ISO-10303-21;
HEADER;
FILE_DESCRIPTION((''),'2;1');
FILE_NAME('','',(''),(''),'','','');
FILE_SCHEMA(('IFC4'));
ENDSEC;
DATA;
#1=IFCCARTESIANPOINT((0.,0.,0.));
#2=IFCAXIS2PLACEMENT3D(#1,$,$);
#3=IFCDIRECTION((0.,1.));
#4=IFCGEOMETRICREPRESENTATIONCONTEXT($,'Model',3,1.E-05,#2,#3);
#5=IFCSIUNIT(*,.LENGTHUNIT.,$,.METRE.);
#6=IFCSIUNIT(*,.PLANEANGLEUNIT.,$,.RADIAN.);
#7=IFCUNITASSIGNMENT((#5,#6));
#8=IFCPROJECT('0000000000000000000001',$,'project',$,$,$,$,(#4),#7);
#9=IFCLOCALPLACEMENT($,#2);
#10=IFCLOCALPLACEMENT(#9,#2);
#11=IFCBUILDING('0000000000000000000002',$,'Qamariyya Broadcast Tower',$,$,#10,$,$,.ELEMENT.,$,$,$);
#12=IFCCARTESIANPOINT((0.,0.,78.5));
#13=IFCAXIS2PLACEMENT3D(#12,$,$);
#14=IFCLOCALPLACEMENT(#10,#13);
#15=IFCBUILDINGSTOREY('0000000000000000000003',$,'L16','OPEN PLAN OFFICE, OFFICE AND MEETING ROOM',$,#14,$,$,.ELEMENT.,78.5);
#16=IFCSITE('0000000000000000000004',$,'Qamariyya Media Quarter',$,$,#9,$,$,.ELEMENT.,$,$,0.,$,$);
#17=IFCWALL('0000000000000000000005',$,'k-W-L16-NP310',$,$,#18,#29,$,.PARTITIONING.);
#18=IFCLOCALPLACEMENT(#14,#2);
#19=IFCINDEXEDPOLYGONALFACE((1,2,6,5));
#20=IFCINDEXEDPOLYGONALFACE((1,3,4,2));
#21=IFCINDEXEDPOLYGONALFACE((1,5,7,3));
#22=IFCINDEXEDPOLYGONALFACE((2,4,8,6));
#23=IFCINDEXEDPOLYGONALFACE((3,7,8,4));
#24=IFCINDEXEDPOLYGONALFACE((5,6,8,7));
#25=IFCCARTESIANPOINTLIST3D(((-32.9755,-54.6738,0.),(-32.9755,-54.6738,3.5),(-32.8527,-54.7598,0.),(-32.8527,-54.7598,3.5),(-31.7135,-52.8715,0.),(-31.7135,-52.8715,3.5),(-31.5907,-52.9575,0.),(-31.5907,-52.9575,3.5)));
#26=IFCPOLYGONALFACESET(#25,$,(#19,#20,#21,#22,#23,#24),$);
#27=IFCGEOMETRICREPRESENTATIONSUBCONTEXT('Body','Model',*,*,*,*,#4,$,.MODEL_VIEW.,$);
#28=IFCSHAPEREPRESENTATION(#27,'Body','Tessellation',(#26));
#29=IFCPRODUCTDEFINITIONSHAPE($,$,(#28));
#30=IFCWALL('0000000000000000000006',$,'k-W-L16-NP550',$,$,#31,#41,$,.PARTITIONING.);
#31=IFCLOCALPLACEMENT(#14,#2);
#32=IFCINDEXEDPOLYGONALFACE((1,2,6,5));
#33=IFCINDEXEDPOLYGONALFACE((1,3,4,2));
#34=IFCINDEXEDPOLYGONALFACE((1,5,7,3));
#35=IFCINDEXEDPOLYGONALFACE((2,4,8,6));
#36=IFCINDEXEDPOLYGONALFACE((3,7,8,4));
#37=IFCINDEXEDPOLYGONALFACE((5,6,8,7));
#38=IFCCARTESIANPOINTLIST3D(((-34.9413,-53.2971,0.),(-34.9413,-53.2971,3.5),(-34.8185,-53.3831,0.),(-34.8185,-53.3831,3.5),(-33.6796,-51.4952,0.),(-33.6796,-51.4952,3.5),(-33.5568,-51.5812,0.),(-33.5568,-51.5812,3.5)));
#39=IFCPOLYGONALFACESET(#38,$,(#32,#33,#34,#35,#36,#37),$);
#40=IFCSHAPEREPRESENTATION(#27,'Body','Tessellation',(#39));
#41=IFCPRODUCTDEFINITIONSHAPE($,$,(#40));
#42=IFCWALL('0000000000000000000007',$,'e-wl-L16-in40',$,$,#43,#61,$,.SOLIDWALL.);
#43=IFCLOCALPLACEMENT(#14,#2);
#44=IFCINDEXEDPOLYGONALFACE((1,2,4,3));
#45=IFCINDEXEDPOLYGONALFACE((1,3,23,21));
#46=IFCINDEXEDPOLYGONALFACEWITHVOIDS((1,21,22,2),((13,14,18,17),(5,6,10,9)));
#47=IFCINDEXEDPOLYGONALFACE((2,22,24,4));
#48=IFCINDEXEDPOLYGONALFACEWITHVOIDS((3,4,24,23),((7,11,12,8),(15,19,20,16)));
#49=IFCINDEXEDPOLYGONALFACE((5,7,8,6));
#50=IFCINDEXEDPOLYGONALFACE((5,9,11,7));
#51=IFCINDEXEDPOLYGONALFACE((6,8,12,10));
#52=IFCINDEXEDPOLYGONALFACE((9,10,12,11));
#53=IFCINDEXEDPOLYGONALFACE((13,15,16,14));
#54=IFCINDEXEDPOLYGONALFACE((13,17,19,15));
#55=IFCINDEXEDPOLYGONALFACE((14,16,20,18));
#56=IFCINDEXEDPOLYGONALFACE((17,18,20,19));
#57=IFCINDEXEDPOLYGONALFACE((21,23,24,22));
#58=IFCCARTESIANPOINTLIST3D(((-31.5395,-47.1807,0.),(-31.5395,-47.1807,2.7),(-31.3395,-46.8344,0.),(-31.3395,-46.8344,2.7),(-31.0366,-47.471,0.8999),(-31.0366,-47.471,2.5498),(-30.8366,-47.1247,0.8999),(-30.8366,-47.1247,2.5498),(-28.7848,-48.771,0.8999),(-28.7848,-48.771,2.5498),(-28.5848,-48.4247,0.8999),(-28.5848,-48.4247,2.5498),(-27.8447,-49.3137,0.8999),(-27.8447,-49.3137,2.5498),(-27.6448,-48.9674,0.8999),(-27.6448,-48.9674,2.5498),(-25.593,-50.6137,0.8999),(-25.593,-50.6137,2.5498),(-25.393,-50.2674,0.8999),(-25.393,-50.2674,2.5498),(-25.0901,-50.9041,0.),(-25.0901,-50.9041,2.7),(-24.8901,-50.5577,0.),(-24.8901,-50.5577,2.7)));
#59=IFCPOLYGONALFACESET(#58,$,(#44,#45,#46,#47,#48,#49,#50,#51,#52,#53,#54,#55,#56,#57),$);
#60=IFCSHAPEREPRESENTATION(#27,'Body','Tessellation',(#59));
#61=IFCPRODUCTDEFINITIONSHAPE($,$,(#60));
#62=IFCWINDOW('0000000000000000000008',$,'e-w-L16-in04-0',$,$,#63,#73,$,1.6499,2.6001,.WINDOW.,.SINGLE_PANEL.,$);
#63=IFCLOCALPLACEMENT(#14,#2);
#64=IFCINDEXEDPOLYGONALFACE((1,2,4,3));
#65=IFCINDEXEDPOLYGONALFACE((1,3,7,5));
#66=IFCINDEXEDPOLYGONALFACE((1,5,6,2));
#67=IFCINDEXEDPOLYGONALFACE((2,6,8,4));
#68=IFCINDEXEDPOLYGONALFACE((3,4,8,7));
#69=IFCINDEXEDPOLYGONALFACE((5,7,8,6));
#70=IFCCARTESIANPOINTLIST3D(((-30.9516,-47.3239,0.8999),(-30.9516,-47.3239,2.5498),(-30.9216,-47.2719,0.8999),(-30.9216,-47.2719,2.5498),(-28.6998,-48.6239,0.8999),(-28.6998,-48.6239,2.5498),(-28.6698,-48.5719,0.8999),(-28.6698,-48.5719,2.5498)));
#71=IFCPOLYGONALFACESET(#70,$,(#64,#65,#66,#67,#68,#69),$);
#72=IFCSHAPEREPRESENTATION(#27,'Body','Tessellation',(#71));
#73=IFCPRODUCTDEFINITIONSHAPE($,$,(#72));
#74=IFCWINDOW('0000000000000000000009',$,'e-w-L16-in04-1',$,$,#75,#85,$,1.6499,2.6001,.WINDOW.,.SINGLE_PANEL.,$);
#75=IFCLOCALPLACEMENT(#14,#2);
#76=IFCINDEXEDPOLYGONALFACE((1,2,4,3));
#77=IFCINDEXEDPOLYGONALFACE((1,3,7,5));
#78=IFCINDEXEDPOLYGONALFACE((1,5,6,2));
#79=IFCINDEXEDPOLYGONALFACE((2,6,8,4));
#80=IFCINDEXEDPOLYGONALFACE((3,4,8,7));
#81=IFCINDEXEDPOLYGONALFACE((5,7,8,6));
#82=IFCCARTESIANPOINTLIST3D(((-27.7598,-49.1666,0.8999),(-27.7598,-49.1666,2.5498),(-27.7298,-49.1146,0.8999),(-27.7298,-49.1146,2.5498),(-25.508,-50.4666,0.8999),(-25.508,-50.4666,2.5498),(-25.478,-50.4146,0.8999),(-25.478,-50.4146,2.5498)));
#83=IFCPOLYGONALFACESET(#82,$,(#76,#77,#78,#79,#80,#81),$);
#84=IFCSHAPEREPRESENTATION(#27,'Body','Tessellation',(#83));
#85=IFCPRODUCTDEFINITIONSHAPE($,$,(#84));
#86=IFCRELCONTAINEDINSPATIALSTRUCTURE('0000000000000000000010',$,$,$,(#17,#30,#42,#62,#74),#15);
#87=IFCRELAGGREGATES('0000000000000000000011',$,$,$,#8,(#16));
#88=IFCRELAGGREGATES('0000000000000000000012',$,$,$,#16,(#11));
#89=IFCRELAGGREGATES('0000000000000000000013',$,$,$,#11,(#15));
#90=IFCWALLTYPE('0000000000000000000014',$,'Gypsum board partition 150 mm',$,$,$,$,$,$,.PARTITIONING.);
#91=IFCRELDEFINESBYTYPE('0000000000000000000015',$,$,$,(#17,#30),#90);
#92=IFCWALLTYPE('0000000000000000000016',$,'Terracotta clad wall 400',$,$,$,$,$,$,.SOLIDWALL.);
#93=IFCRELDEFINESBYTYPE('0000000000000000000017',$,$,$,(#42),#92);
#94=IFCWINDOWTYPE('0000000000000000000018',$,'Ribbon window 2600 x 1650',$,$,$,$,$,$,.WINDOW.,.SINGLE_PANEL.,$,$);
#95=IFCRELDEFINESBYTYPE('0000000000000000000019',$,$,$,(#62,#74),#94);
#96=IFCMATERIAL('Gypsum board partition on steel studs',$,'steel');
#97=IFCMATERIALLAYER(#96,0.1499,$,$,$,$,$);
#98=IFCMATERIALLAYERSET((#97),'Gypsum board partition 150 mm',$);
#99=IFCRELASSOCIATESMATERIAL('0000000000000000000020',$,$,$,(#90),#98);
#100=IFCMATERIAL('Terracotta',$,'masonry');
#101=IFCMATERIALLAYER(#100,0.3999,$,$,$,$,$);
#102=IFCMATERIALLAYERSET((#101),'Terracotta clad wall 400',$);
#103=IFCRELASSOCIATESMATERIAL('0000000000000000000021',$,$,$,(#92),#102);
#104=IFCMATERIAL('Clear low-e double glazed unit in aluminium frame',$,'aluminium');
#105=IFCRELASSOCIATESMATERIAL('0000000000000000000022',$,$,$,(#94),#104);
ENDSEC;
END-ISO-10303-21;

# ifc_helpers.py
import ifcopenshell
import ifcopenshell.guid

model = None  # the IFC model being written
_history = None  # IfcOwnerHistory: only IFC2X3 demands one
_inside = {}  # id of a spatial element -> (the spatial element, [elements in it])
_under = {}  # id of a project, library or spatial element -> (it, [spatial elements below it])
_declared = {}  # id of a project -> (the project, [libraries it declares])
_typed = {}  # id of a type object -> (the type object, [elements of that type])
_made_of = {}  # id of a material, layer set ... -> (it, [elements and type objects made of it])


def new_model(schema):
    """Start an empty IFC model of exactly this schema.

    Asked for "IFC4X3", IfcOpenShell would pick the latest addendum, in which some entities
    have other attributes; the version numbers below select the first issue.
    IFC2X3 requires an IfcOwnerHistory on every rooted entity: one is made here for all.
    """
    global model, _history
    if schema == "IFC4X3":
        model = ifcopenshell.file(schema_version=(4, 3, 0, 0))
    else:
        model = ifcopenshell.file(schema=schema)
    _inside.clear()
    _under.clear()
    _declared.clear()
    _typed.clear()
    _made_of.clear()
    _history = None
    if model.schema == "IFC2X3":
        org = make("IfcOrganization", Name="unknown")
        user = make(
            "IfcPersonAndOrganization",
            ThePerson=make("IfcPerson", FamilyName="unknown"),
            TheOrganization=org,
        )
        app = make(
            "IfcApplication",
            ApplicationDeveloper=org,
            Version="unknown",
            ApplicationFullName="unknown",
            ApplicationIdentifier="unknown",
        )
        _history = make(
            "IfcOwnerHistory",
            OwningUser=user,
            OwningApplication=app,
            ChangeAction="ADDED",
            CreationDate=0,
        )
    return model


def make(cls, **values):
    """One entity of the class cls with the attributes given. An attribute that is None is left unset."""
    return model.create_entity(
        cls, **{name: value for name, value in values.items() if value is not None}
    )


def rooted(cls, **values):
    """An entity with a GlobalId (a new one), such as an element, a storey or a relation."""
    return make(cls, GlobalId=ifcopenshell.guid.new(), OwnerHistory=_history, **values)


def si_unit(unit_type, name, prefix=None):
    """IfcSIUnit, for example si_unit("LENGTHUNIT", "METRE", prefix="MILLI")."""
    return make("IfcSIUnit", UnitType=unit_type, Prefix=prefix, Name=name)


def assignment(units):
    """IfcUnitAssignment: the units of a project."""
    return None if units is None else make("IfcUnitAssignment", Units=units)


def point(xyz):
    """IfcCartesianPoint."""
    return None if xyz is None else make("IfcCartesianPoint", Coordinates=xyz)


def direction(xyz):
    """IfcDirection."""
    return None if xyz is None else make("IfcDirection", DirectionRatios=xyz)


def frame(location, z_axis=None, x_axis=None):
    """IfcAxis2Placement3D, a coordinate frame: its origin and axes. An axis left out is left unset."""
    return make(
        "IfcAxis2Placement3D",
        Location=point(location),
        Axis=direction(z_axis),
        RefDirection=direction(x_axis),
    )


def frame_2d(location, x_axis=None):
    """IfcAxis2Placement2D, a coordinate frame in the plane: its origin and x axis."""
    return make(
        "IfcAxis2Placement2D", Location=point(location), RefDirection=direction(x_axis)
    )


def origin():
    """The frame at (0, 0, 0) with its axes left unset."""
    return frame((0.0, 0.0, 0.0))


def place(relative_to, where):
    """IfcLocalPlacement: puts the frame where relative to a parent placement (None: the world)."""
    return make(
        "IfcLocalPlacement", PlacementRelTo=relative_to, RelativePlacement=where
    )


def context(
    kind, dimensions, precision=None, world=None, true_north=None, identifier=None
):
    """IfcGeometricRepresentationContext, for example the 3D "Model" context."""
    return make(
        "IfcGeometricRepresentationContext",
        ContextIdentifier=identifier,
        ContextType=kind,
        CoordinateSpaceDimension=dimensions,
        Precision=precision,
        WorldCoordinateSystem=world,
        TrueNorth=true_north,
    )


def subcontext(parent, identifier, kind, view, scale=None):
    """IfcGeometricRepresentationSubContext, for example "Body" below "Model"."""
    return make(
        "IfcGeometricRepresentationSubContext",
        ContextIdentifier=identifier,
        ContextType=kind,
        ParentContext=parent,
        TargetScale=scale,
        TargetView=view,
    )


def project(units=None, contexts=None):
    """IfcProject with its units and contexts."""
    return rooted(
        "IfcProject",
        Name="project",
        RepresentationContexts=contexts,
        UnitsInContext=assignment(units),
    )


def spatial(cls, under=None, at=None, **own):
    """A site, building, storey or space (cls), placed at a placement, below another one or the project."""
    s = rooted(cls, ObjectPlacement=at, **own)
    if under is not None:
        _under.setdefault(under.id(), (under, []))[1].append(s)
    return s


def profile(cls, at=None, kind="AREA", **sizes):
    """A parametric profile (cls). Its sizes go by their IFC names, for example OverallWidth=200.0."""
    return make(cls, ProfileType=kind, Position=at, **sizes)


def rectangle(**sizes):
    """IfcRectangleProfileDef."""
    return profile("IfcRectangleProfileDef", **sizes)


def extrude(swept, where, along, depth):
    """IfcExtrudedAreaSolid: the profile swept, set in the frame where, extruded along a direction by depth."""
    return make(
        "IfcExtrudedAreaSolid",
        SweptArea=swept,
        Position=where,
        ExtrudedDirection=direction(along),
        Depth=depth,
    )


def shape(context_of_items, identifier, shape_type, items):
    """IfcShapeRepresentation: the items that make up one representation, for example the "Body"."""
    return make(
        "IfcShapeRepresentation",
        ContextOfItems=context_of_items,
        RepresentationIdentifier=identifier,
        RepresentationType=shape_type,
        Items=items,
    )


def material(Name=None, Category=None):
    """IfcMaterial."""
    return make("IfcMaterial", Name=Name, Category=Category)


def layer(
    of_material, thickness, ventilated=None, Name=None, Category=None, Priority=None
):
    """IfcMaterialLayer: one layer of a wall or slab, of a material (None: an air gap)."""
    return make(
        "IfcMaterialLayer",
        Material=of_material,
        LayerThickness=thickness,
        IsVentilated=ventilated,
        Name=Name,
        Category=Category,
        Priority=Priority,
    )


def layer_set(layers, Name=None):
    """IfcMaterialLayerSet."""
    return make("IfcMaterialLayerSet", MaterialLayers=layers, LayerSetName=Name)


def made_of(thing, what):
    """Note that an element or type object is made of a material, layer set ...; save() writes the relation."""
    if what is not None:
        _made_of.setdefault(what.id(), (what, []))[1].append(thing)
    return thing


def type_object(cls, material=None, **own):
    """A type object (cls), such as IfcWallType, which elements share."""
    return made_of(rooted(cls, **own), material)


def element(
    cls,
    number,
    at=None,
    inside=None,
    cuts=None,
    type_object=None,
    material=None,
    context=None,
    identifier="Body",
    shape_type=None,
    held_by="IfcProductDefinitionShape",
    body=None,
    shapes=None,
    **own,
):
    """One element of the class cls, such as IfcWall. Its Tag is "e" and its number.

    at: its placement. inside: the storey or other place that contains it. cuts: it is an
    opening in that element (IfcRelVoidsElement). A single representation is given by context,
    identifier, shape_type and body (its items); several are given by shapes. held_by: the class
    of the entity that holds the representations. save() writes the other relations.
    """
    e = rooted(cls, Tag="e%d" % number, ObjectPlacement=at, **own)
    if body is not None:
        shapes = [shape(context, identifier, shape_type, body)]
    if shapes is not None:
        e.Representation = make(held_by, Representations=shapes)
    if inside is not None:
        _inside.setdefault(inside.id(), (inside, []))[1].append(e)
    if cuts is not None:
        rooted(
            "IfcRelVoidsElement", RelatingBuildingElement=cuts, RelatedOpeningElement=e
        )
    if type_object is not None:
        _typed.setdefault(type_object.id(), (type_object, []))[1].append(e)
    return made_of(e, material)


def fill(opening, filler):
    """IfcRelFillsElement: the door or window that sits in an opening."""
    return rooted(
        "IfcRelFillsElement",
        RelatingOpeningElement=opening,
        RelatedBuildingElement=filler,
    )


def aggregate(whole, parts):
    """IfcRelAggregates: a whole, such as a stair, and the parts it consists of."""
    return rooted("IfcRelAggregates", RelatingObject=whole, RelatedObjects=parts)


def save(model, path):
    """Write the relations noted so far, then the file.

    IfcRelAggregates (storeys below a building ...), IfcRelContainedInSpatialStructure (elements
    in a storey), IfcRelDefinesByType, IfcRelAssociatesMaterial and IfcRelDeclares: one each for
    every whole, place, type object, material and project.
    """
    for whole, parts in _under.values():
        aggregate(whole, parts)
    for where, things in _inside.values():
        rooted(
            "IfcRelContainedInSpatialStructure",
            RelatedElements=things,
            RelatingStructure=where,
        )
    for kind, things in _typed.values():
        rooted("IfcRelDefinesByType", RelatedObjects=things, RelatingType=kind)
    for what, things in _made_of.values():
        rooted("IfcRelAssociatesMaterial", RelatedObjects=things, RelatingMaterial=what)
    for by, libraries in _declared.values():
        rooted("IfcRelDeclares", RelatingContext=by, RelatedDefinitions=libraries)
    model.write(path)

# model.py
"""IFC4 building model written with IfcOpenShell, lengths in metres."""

from ifc_helpers import new_model, si_unit, direction, frame, frame_2d, origin, place, context, subcontext, project, spatial, rectangle, extrude, material, layer, layer_set, type_object, element, fill, save


model = new_model("IFC4")

# Units and contexts
model_context = context("Model", 3, precision=1e-05, world=origin(), true_north=direction((0.0, 1.0)))
body_context = subcontext(model_context, "Body", "Model", "MODEL_VIEW")
ifc_project = project(units=[si_unit("LENGTHUNIT", "METRE"), si_unit("PLANEANGLEUNIT", "RADIAN")], contexts=[model_context])

# Site, building, storey
site_placement = place(None, origin())
site = spatial("IfcSite", under=ifc_project, at=site_placement, Name="Qamariyya Media Quarter", CompositionType="ELEMENT", RefElevation=0.0)
building_placement = place(site_placement, origin())
building = spatial("IfcBuilding", under=site, at=building_placement, Name="Qamariyya Broadcast Tower", CompositionType="ELEMENT")
storey_placement = place(building_placement, frame((0.0, 0.0, 78.5)))
storey = spatial("IfcBuildingStorey", under=building, at=storey_placement, Name="L16", Description="OPEN PLAN OFFICE, OFFICE AND MEETING ROOM", CompositionType="ELEMENT", Elevation=78.5)

# Walls
ifc_material_1 = material(Name="Gypsum board partition on steel studs", Category="steel")
ifc_layer_1 = layer(ifc_material_1, 0.1499)
ifc_layer_set_1 = layer_set([ifc_layer_1], Name="Gypsum board partition 150 mm")
wall_type_1 = type_object("IfcWallType", Name="Gypsum board partition 150 mm", PredefinedType="PARTITIONING", material=ifc_layer_set_1)
wall_1_placement = place(storey_placement, frame((-32.9141, -54.7168, 0.0), z_axis=(0.0, 0.0, 1.0), x_axis=(0.573581, 0.819149, 0.0)))
element("IfcWall", 1, at=wall_1_placement, inside=storey, type_object=wall_type_1, Name="k-W-L16-NP310", PredefinedType="PARTITIONING", context=body_context, shape_type="SweptSolid", body=[
    extrude(rectangle(XDim=2.2002, YDim=0.1499, at=frame_2d((1.1001, 0.0))), origin(), (0.0, 0.0, 1.0), 3.5),
])
wall_2_placement = place(storey_placement, frame((-34.8799, -53.3401, 0.0), z_axis=(0.0, 0.0, 1.0), x_axis=(0.573559, 0.819164, 0.0)))
element("IfcWall", 2, at=wall_2_placement, inside=storey, type_object=wall_type_1, Name="k-W-L16-NP550", PredefinedType="PARTITIONING", context=body_context, shape_type="SweptSolid", body=[
    extrude(rectangle(XDim=2.1997, YDim=0.1499, at=frame_2d((1.0999, 0.0))), origin(), (0.0, 0.0, 1.0), 3.5),
])

# Wall, openings, windows
ifc_material_2 = material(Name="Terracotta", Category="masonry")
ifc_layer_2 = layer(ifc_material_2, 0.3999)
ifc_layer_set_2 = layer_set([ifc_layer_2], Name="Terracotta clad wall 400")
wall_type_2 = type_object("IfcWallType", Name="Terracotta clad wall 400", PredefinedType="SOLIDWALL", material=ifc_layer_set_2)
wall_3_placement = place(storey_placement, frame((-24.99, -50.731, 0.0), z_axis=(0.0, 0.0, 1.0), x_axis=(-0.866038, 0.499979, 0.0)))
wall_3 = element("IfcWall", 3, at=wall_3_placement, inside=storey, type_object=wall_type_2, Name="e-wl-L16-in40", PredefinedType="SOLIDWALL", context=body_context, shape_type="SweptSolid", body=[
    extrude(rectangle(XDim=7.447, YDim=0.3999, at=frame_2d((3.7236, 0.0))), origin(), (0.0, 0.0, 1.0), 2.7),
])
opening_1_placement = place(wall_3_placement, frame((4.2664, 0.0, 0.8999)))
opening_1 = element("IfcOpeningElement", 4, at=opening_1_placement, cuts=wall_3, PredefinedType="OPENING", context=body_context, shape_type="SweptSolid", body=[
    extrude(rectangle(XDim=2.6001, YDim=1.6499, at=frame_2d((1.3, 0.825))), frame((0.0, 0.21, 0.0), z_axis=(0.0, -1.0, 0.0), x_axis=(1.0, 0.0, 0.0)), (0.0, 0.0, 1.0), 0.4199),
])
opening_2_placement = place(wall_3_placement, frame((0.5808, 0.0, 0.8999)))
opening_2 = element("IfcOpeningElement", 5, at=opening_2_placement, cuts=wall_3, PredefinedType="OPENING", context=body_context, shape_type="SweptSolid", body=[
    extrude(rectangle(XDim=2.6001, YDim=1.6499, at=frame_2d((1.3, 0.825))), frame((0.0, 0.21, 0.0), z_axis=(0.0, -1.0, 0.0), x_axis=(1.0, 0.0, 0.0)), (0.0, 0.0, 1.0), 0.4199),
])
ifc_material_3 = material(Name="Clear low-e double glazed unit in aluminium frame", Category="aluminium")
window_type = type_object("IfcWindowType", Name="Ribbon window 2600 x 1650", PartitioningType="SINGLE_PANEL", PredefinedType="WINDOW", material=ifc_material_3)
window_1_placement = place(opening_1_placement, origin())
window_1 = element("IfcWindow", 6, at=window_1_placement, inside=storey, type_object=window_type, Name="e-w-L16-in04-0", OverallHeight=1.6499, OverallWidth=2.6001, PartitioningType="SINGLE_PANEL", PredefinedType="WINDOW", context=body_context, shape_type="SweptSolid", body=[
    extrude(rectangle(XDim=2.6001, YDim=1.6499, at=frame_2d((1.3, 0.825))), frame((0.0, 0.03, 0.0), z_axis=(0.0, -1.0, 0.0), x_axis=(1.0, 0.0, 0.0)), (0.0, 0.0, 1.0), 0.0601),
])
fill(opening_1, window_1)
window_2_placement = place(opening_2_placement, origin())
window_2 = element("IfcWindow", 7, at=window_2_placement, inside=storey, type_object=window_type, Name="e-w-L16-in04-1", OverallHeight=1.6499, OverallWidth=2.6001, PartitioningType="SINGLE_PANEL", PredefinedType="WINDOW", context=body_context, shape_type="SweptSolid", body=[
    extrude(rectangle(XDim=2.6001, YDim=1.6499, at=frame_2d((1.3, 0.825))), frame((0.0, 0.03, 0.0), z_axis=(0.0, -1.0, 0.0), x_axis=(1.0, 0.0, 0.0)), (0.0, 0.0, 1.0), 0.0601),
])
fill(opening_2, window_2)

save(model, "model.ifc")
